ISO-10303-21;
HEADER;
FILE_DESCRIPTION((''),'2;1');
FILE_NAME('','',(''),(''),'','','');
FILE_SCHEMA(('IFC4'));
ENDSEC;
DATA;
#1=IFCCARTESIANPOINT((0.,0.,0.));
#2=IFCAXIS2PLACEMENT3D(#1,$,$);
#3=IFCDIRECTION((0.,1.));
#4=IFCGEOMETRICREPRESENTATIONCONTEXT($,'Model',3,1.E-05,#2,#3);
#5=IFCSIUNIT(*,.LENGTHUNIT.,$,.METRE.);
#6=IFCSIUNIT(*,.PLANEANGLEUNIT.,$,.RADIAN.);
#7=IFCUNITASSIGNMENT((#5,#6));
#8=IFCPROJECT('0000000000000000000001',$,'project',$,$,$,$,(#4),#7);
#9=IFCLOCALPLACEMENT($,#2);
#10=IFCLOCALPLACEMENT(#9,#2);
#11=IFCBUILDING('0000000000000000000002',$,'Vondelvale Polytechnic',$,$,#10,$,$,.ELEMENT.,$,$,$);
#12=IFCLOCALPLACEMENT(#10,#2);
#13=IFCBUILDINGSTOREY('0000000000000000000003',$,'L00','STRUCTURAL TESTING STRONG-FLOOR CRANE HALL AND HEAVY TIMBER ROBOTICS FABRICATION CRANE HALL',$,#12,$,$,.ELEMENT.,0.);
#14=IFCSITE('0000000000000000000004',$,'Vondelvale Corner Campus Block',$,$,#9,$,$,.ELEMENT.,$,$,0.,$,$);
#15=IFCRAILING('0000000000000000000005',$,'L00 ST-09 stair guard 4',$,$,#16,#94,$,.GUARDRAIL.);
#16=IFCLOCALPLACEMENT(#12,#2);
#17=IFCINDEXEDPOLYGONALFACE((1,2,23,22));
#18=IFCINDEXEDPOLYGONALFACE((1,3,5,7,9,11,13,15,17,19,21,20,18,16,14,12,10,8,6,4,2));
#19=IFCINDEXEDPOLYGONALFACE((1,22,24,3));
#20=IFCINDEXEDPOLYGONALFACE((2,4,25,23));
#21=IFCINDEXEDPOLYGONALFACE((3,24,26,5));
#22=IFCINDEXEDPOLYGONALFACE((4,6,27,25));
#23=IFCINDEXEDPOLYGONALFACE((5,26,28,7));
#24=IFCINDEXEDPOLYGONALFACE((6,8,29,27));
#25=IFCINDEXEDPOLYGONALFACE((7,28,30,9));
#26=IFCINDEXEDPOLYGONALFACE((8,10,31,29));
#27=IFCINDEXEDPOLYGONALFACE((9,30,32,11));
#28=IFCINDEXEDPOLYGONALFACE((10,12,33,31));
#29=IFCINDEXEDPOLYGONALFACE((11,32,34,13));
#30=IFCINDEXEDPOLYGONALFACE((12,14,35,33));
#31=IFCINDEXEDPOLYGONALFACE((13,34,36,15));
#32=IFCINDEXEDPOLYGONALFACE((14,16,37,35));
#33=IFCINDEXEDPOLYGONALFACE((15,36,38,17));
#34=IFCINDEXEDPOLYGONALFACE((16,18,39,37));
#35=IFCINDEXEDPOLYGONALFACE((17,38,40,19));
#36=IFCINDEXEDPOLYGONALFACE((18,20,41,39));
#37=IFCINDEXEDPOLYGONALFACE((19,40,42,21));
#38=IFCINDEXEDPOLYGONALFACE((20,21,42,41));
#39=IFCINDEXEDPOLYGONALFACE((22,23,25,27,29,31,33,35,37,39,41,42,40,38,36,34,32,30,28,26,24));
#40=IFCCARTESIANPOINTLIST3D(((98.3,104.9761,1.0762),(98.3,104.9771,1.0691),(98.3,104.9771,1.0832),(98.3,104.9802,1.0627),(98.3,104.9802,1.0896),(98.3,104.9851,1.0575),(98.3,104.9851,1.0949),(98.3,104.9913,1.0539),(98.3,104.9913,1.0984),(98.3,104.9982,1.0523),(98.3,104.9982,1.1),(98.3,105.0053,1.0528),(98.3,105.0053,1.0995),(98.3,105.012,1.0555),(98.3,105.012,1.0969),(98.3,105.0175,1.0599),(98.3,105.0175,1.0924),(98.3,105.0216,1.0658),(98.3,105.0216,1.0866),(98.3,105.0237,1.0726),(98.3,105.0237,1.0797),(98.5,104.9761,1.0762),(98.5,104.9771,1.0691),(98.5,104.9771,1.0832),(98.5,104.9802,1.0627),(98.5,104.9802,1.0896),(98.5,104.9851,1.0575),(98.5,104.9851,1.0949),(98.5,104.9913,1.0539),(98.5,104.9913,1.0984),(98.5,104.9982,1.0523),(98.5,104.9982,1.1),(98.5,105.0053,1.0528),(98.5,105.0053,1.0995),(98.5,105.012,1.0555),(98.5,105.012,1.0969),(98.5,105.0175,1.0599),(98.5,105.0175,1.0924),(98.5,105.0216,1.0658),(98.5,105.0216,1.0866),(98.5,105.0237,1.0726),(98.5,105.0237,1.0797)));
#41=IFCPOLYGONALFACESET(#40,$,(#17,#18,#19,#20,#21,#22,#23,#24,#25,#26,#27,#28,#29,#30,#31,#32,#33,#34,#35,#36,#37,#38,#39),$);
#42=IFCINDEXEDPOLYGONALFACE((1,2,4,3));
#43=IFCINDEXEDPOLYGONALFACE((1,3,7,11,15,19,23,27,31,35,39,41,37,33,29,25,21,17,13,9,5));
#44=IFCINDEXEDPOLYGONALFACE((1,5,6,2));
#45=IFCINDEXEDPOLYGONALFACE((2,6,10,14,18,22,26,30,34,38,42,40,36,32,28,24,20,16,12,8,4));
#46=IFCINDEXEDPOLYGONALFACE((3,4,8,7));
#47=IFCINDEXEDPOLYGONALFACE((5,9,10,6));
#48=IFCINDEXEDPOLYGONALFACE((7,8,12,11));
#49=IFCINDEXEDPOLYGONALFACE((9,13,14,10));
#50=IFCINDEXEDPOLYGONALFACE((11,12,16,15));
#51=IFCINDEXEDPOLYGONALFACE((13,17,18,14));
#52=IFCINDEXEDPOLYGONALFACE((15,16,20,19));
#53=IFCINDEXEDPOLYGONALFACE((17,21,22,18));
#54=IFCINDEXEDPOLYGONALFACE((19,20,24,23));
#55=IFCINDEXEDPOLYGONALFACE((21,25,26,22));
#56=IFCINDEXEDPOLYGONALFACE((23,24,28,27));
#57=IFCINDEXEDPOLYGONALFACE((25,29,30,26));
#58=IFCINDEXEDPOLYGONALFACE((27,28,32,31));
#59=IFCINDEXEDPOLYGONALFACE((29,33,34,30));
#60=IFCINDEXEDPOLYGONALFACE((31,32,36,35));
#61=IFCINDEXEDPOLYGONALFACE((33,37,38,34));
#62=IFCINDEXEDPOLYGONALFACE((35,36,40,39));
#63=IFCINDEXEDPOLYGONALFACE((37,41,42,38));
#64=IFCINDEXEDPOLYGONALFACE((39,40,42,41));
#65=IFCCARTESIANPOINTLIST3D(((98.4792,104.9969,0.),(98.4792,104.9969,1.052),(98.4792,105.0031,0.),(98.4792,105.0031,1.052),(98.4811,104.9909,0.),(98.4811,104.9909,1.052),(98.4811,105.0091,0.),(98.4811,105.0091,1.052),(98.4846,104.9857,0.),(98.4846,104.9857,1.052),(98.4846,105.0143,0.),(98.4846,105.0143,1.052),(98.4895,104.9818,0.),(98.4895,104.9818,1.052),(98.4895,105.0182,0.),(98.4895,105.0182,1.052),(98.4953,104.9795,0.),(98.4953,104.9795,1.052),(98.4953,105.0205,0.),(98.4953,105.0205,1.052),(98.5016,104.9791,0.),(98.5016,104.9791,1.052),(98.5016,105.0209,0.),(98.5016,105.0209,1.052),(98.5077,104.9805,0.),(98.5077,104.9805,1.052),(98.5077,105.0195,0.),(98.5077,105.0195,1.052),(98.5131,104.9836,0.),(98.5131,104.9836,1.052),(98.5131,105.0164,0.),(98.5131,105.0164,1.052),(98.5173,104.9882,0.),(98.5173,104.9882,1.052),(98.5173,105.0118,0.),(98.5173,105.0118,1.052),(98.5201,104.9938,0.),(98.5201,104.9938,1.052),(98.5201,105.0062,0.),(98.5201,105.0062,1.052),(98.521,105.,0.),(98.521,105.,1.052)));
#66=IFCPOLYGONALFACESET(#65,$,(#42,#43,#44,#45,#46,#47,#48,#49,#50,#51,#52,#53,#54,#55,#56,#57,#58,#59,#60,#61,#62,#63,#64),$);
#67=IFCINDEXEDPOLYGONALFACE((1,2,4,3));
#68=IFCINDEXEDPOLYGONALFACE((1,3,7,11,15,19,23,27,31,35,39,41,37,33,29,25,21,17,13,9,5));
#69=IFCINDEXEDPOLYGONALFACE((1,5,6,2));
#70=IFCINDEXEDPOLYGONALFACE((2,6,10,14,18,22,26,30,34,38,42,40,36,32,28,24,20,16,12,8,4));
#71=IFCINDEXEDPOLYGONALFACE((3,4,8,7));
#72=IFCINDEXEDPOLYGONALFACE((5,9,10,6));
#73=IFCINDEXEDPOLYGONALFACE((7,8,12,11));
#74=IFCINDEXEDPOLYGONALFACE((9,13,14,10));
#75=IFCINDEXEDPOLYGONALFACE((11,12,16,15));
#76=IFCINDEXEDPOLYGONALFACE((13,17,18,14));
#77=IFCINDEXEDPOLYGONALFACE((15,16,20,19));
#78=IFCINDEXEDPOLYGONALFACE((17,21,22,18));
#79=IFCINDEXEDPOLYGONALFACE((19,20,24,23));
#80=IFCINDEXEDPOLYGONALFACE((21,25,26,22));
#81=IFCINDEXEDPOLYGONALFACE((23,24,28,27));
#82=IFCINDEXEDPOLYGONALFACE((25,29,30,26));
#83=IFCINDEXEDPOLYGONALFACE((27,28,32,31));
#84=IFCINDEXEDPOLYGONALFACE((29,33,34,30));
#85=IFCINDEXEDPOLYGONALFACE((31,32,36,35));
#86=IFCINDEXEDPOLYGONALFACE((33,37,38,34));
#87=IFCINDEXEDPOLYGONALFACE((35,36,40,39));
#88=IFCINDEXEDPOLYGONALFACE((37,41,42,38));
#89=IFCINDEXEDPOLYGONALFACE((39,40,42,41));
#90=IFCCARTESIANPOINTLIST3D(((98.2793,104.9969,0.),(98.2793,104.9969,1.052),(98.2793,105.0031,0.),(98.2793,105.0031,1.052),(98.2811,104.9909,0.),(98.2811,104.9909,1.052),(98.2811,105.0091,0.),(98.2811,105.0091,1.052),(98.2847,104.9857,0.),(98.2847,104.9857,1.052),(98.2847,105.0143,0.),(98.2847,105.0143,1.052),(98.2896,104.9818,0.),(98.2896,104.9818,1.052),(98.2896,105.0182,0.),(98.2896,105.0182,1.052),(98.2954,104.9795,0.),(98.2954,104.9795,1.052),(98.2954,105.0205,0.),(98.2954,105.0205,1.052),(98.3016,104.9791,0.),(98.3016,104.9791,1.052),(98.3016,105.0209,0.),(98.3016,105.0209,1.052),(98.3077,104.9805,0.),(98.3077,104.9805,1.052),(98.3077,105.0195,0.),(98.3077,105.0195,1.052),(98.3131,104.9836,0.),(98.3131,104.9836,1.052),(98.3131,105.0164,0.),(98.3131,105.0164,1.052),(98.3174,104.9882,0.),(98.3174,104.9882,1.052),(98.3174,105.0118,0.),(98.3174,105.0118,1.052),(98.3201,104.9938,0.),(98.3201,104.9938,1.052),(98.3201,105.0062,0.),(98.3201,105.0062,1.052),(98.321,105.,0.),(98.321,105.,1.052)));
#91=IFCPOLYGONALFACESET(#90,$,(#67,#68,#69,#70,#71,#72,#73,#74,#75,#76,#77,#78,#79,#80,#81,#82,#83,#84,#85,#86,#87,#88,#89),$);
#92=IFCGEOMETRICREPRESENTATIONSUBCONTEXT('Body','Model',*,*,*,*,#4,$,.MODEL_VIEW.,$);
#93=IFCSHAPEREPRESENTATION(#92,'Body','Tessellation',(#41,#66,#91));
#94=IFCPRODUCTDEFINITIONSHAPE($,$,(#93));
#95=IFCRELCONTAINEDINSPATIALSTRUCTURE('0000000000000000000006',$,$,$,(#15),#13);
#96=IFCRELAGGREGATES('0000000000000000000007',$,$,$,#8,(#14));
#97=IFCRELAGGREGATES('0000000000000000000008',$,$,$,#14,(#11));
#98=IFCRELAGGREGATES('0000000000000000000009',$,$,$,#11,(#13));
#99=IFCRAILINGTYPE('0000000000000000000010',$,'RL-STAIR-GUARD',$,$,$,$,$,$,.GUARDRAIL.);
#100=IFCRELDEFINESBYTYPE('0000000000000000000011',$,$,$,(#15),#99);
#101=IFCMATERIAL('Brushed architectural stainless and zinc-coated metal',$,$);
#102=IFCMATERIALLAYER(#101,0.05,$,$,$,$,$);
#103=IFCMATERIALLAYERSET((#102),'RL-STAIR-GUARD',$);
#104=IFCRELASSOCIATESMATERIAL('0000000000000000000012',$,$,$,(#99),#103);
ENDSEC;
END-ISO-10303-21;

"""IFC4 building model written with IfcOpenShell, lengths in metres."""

from ifc_helpers import new_model, si_unit, direction, frame, origin, origin_2d, place, context, subcontext, project, spatial, circle, extrude, material, layer, layer_set, type_object, element, save


model = new_model("IFC4")

# Units and contexts
model_context = context("Model", 3, precision=1e-05, world=origin(), true_north=direction((0.0, 1.0)))
body_context = subcontext(model_context, "Body", "Model", "MODEL_VIEW")
ifc_project = project(units=[si_unit("LENGTHUNIT", "METRE"), si_unit("PLANEANGLEUNIT", "RADIAN")], contexts=[model_context])

# Site, building, storey
site_placement = place(None, origin())
site = spatial("IfcSite", under=ifc_project, at=site_placement, Name="Vondelvale Corner Campus Block", CompositionType="ELEMENT", RefElevation=0.0)
building_placement = place(site_placement, origin())
building = spatial("IfcBuilding", under=site, at=building_placement, Name="Vondelvale Polytechnic", CompositionType="ELEMENT")
storey_placement = place(building_placement, origin())
storey = spatial("IfcBuildingStorey", under=building, at=storey_placement, Name="L00", Description="STRUCTURAL TESTING STRONG-FLOOR CRANE HALL AND HEAVY TIMBER ROBOTICS FABRICATION CRANE HALL", CompositionType="ELEMENT", Elevation=0.0)

# Railing
ifc_material_1 = material(Name="Brushed architectural stainless and zinc-coated metal")
ifc_layer_1 = layer(ifc_material_1, 0.05)
ifc_layer_set_1 = layer_set([ifc_layer_1], Name="RL-STAIR-GUARD")
railing_type_1 = type_object("IfcRailingType", Name="RL-STAIR-GUARD", PredefinedType="GUARDRAIL", material=ifc_layer_set_1)
railing_1_placement = place(storey_placement, frame((98.5, 105.0, 0.0)))
element("IfcRailing", 1, at=railing_1_placement, inside=storey, type_object=railing_type_1, Name="L00 ST-09 stair guard 4", PredefinedType="GUARDRAIL", context=body_context, shape_type="SweptSolid", body=[
    extrude(circle(Radius=0.0239, at=origin_2d()), frame((0.0, 0.0, 1.0762), z_axis=(-1.0, 0.0, 0.0), x_axis=(0.0, -1.0, 0.0)), (0.0, 0.0, 1.0), 0.2),
    extrude(circle(Radius=0.021, at=origin_2d()), origin(), (0.0, 0.0, 1.0), 1.052),
    extrude(circle(Radius=0.021, at=origin_2d()), frame((-0.2, 0.0, 0.0)), (0.0, 0.0, 1.0), 1.052),
])

save(model, "model.ifc")
